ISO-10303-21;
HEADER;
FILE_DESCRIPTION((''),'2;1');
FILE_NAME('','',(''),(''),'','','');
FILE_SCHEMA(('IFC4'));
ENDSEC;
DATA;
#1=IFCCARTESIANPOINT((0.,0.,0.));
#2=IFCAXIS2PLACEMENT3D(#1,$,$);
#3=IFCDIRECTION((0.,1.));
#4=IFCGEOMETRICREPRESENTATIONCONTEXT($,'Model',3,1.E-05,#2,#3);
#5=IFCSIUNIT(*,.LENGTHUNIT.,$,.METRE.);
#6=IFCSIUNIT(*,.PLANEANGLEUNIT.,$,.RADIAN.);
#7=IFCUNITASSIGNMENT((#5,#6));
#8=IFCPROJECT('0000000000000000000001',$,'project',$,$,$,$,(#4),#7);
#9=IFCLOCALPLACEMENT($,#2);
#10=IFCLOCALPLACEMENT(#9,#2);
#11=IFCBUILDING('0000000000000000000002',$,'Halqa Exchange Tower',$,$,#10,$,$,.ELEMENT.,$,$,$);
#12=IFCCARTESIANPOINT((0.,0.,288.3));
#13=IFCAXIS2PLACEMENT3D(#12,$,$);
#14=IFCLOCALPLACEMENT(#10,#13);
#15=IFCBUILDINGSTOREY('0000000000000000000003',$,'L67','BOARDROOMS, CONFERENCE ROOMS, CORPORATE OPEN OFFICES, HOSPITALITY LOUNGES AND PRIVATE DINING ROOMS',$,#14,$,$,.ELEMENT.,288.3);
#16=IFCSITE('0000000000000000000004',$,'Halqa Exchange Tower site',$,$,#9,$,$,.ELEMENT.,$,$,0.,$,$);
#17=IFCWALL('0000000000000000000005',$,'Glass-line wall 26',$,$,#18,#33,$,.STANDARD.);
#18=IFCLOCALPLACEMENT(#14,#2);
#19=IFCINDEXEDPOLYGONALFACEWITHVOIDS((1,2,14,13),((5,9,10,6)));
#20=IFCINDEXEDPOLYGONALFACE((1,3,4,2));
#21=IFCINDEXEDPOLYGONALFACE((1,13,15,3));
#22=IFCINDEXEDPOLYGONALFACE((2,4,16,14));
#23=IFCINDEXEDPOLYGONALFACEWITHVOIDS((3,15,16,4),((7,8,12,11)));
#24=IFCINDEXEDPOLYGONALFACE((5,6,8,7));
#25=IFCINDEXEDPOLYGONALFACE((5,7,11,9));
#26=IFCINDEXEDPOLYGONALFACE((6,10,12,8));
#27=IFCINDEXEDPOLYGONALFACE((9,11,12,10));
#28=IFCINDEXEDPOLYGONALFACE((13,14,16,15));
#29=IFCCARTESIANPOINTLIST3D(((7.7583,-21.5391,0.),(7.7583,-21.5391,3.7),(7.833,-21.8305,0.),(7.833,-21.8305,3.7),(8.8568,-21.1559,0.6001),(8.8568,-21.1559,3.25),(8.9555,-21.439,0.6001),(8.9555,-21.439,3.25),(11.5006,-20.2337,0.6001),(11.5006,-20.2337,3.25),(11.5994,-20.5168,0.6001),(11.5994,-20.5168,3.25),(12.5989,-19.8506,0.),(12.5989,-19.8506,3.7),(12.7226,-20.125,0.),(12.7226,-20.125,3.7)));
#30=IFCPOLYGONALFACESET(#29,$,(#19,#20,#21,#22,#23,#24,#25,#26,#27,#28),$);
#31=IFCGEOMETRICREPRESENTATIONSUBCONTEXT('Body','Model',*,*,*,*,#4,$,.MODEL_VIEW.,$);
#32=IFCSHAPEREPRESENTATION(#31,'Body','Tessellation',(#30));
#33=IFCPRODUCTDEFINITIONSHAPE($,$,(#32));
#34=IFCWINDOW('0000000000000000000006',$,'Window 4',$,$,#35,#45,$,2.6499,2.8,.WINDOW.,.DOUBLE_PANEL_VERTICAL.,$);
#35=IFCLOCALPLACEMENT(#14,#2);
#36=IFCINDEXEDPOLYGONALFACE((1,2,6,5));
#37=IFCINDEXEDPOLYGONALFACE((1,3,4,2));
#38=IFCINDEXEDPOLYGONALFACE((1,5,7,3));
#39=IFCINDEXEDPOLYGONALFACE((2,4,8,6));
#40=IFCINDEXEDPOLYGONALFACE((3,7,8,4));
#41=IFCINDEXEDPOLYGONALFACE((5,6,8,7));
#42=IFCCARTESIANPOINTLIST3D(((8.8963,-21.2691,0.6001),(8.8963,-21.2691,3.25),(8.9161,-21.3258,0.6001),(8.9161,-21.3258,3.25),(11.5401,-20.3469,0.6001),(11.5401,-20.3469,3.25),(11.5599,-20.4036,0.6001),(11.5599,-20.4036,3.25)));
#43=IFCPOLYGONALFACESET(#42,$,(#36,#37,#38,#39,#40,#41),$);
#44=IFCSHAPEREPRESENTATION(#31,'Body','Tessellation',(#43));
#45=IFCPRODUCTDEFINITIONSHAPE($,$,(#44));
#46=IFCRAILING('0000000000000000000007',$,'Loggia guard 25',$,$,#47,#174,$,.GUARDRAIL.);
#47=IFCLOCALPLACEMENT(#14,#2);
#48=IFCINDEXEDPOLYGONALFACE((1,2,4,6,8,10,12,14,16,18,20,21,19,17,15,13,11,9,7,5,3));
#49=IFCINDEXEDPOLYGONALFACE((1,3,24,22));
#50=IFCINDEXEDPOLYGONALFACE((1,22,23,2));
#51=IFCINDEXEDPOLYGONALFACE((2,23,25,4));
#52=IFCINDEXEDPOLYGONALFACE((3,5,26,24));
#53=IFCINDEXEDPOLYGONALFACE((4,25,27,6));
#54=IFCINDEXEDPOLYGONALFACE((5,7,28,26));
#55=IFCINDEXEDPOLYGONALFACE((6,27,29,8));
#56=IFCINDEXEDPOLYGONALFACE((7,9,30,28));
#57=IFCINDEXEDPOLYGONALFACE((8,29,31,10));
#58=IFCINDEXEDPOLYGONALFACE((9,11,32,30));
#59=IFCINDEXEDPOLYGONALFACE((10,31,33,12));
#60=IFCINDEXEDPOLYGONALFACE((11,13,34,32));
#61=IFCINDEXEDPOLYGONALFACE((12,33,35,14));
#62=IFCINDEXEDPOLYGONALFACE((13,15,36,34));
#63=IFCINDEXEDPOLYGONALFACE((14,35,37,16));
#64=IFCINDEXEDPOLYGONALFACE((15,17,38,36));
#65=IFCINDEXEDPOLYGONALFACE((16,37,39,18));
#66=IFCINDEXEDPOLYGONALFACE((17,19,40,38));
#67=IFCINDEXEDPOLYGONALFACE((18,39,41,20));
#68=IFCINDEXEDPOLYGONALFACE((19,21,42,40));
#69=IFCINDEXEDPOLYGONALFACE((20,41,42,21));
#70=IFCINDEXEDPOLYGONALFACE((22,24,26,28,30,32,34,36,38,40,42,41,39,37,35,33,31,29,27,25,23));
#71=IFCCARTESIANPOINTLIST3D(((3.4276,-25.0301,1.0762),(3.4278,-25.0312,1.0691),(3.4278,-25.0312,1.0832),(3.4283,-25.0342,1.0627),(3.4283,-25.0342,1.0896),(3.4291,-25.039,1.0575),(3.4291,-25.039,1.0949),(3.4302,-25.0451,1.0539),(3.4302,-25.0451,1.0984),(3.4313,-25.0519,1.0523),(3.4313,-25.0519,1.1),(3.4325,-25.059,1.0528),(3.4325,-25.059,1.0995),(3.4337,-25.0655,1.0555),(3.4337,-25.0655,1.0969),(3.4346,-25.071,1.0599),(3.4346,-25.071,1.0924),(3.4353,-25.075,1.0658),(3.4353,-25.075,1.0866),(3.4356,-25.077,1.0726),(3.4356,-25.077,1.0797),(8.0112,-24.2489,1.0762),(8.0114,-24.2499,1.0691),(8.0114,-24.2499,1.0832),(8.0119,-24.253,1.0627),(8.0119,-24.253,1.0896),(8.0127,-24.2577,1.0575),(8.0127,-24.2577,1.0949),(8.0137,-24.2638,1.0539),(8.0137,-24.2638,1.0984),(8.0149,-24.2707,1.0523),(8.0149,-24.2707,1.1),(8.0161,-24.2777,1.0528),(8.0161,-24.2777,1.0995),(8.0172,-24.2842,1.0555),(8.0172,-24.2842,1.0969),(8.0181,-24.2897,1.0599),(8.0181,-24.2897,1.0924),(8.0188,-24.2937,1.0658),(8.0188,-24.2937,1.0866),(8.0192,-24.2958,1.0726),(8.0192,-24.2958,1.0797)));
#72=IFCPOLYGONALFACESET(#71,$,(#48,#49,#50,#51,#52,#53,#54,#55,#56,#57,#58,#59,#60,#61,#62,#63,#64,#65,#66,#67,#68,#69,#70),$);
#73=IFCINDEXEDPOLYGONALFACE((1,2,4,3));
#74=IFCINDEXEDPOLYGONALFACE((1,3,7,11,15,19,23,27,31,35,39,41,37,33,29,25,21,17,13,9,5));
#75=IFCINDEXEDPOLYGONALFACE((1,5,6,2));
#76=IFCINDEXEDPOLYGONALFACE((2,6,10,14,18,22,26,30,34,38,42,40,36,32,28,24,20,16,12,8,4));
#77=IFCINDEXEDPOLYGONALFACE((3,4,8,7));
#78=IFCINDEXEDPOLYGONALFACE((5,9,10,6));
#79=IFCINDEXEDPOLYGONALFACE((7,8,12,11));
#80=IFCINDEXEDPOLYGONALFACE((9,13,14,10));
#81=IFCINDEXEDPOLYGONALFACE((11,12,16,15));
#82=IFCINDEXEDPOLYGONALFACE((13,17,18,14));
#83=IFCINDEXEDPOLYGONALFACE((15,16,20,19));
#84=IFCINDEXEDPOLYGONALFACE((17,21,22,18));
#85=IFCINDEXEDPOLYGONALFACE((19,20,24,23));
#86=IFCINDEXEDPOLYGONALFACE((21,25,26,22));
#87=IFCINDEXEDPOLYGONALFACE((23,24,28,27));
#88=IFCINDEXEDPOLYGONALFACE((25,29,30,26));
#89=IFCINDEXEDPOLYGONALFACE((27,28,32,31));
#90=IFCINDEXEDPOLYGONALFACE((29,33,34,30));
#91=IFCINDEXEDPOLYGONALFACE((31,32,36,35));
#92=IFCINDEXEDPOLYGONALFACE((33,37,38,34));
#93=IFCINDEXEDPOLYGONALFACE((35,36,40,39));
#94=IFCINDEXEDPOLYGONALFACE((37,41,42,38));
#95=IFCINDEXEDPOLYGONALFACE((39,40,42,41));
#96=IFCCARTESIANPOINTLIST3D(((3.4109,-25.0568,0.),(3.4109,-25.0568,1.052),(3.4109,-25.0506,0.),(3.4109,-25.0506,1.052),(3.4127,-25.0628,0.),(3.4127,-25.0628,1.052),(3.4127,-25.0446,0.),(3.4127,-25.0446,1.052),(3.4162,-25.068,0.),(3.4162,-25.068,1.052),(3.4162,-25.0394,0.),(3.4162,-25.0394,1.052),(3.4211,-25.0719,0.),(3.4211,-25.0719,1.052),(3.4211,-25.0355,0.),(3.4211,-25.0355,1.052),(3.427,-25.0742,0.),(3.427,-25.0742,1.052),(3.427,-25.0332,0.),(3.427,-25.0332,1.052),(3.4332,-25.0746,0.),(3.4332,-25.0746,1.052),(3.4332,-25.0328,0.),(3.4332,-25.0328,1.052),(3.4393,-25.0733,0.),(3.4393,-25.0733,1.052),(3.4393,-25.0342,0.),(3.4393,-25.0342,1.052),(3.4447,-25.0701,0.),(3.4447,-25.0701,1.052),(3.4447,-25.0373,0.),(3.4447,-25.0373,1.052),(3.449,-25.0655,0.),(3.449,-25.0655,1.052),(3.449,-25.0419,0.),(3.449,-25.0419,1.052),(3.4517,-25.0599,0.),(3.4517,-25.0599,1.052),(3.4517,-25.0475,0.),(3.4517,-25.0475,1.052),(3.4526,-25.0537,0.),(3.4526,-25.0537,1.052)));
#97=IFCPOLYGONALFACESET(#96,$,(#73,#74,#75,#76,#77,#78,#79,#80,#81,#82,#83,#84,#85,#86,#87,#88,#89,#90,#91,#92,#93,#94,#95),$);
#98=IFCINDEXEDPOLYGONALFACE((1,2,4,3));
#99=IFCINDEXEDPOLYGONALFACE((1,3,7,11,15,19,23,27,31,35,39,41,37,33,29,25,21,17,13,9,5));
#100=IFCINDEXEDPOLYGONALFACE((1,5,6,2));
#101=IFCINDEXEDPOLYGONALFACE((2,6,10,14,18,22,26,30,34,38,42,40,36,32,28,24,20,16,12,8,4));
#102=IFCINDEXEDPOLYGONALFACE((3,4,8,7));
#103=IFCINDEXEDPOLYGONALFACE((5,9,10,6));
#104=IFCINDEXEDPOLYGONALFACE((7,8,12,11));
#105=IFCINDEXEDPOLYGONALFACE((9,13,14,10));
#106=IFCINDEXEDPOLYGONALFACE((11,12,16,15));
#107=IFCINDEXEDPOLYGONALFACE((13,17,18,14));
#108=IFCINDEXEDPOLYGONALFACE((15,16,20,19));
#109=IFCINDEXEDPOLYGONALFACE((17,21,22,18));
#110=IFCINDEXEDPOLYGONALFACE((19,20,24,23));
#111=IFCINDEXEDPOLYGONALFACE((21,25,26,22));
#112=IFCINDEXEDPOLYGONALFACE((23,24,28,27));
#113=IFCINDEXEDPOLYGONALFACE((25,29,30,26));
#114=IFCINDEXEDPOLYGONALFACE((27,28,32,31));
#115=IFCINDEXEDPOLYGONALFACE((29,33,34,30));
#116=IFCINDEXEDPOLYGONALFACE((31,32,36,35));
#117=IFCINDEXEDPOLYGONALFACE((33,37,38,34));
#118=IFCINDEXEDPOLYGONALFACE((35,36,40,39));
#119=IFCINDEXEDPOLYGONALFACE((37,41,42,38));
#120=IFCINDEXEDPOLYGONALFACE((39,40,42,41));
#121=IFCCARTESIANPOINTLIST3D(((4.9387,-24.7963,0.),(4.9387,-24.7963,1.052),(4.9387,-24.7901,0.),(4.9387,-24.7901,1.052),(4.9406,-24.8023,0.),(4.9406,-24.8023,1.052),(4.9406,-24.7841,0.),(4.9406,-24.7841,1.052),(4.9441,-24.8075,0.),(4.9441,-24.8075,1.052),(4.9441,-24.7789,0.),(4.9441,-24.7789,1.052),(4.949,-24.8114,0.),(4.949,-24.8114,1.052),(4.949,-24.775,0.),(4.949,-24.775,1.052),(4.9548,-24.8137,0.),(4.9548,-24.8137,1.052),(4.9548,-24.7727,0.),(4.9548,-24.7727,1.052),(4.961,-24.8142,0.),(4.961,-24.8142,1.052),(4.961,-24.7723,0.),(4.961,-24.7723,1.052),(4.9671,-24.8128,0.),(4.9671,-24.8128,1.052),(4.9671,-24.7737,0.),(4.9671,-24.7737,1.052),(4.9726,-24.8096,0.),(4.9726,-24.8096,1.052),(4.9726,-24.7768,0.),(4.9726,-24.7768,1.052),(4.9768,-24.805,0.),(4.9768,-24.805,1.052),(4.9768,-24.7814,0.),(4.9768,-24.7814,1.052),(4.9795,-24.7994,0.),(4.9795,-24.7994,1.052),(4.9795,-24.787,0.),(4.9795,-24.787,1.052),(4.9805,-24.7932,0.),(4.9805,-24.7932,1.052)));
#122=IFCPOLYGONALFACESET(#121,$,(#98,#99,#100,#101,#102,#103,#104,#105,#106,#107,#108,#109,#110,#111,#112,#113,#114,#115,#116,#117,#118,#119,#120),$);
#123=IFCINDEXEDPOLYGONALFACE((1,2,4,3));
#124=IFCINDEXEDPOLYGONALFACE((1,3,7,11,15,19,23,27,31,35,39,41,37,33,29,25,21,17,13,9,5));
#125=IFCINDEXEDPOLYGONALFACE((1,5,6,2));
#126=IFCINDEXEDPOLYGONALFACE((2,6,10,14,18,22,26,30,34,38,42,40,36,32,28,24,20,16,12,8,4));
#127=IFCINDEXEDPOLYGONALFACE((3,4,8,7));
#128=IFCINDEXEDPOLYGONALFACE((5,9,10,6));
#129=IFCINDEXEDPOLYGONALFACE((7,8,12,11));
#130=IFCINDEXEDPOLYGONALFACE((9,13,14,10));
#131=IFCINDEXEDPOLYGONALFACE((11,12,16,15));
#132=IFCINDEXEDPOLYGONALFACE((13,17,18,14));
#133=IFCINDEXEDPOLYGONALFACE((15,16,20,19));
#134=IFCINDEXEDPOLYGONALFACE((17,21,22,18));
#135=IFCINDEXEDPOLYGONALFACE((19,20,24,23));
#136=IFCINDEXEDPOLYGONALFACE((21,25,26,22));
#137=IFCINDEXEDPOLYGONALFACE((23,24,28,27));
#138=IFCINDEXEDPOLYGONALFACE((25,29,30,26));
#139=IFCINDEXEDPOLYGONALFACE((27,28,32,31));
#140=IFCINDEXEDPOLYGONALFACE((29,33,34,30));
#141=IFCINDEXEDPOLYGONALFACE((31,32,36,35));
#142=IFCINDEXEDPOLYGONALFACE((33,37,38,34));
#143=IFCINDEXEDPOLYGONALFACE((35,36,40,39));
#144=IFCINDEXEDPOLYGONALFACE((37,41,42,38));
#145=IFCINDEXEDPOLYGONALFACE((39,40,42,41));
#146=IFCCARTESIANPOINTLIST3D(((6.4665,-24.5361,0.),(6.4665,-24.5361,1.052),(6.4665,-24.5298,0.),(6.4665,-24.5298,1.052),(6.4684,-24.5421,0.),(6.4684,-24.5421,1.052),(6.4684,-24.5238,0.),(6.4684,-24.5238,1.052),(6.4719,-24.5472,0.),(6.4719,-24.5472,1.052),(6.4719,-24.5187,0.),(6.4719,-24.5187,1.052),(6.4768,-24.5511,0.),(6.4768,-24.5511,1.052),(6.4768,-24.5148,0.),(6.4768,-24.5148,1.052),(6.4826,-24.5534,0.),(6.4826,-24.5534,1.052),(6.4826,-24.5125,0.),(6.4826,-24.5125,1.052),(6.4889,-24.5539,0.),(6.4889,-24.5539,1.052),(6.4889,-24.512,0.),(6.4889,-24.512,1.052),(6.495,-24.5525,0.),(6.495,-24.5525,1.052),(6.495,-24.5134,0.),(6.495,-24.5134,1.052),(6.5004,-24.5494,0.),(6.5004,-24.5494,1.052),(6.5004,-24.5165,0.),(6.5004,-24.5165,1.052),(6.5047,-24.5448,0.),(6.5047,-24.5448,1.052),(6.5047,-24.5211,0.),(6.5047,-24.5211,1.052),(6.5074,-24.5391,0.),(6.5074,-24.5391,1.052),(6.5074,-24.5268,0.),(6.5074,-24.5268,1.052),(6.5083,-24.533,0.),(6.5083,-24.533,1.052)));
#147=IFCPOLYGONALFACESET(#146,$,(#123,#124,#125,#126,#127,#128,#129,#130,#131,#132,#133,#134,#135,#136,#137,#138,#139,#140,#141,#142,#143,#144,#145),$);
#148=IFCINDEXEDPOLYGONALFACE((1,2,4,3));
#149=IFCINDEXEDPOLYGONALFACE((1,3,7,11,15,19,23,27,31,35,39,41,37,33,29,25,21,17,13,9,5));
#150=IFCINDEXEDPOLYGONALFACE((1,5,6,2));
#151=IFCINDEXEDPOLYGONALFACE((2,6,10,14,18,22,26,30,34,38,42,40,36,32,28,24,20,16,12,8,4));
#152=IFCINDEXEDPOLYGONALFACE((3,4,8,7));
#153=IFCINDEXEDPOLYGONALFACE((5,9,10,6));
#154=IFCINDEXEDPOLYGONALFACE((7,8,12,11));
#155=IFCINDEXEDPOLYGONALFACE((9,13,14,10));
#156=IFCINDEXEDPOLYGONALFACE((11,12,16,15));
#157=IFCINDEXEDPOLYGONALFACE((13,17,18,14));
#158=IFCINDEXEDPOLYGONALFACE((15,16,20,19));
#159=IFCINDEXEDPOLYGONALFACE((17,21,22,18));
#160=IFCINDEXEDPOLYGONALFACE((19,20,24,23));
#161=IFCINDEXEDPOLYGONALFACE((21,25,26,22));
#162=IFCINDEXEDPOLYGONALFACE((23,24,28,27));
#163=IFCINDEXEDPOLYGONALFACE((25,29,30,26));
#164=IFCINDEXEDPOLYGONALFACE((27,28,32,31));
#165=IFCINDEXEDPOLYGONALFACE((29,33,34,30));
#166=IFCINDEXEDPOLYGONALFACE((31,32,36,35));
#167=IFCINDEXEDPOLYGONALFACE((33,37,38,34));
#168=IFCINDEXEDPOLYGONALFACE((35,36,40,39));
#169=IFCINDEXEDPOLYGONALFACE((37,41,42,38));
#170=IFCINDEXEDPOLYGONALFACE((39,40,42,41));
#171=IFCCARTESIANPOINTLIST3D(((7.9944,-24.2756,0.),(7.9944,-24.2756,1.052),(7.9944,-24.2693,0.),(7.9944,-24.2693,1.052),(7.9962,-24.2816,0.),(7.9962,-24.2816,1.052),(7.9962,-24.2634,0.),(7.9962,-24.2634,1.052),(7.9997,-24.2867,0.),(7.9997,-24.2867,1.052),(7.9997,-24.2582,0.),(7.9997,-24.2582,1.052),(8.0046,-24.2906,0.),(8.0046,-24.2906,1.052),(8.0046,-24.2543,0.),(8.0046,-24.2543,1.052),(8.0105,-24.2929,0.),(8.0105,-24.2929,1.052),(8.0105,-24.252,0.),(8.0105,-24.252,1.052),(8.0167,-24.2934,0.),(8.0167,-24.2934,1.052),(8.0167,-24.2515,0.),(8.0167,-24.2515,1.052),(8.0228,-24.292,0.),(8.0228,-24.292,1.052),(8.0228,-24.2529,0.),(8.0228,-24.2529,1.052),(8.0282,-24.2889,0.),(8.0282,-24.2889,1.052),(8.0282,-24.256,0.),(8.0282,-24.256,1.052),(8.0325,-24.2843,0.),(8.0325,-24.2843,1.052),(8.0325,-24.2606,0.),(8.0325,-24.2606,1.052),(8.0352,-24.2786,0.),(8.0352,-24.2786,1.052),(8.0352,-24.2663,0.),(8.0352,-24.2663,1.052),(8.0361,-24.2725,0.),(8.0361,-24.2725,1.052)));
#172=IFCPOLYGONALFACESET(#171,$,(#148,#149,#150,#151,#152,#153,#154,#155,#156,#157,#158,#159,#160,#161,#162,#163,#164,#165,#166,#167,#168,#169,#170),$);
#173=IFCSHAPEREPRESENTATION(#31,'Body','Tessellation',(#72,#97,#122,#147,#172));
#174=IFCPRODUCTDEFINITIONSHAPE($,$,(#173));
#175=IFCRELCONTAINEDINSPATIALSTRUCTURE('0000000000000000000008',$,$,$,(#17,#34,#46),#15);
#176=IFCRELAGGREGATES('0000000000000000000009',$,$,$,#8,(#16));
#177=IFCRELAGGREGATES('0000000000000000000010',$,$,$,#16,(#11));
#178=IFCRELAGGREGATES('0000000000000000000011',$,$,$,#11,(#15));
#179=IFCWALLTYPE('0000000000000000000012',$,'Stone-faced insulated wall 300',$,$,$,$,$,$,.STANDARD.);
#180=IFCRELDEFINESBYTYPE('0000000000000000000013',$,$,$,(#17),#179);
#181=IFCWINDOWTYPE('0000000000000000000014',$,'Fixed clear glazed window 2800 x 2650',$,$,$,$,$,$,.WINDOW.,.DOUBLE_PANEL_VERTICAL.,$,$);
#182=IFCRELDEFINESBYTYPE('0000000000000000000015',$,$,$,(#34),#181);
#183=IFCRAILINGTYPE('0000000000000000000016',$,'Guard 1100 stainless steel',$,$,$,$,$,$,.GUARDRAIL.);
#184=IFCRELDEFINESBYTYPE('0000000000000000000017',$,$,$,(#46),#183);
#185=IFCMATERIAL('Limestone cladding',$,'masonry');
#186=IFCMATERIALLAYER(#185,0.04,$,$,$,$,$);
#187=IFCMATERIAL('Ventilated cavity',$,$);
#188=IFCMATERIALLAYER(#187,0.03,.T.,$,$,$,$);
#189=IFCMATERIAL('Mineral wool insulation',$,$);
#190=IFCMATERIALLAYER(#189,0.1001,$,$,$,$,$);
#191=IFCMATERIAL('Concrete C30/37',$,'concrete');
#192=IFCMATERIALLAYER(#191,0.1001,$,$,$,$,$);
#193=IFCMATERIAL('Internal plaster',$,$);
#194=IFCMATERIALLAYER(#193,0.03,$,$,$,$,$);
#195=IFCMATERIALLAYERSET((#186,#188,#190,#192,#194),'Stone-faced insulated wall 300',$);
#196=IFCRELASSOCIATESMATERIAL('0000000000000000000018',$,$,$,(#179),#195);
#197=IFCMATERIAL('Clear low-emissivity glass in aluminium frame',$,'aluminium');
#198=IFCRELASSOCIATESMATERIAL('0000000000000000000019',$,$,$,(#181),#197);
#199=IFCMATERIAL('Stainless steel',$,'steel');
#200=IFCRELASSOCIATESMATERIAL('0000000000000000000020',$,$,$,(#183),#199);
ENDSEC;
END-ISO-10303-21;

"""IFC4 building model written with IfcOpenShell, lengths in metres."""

from ifc_helpers import new_model, si_unit, direction, frame, frame_2d, origin, origin_2d, place, context, subcontext, project, spatial, polyline, rectangle, circle, outline, extrude, material, layer, layer_set, type_object, element, fill, save


model = new_model("IFC4")

# Units and contexts
model_context = context("Model", 3, precision=1e-05, world=origin(), true_north=direction((0.0, 1.0)))
body_context = subcontext(model_context, "Body", "Model", "MODEL_VIEW")
ifc_project = project(units=[si_unit("LENGTHUNIT", "METRE"), si_unit("PLANEANGLEUNIT", "RADIAN")], contexts=[model_context])

# Site, building, storey
site_placement = place(None, origin())
site = spatial("IfcSite", under=ifc_project, at=site_placement, Name="Halqa Exchange Tower site", CompositionType="ELEMENT", RefElevation=0.0)
building_placement = place(site_placement, origin())
building = spatial("IfcBuilding", under=site, at=building_placement, Name="Halqa Exchange Tower", CompositionType="ELEMENT")
storey_placement = place(building_placement, frame((0.0, 0.0, 288.3)))
storey = spatial("IfcBuildingStorey", under=building, at=storey_placement, Name="L67", Description="BOARDROOMS, CONFERENCE ROOMS, CORPORATE OPEN OFFICES, HOSPITALITY LOUNGES AND PRIVATE DINING ROOMS", CompositionType="ELEMENT", Elevation=288.3)

# Shared definitions
ifc_material_1 = material(Name="Concrete C30/37", Category="concrete")

# Wall, opening, window
ifc_material_2 = material(Name="Limestone cladding", Category="masonry")
ifc_layer_1 = layer(ifc_material_2, 0.04)
ifc_material_3 = material(Name="Ventilated cavity")
ifc_layer_2 = layer(ifc_material_3, 0.03, ventilated=True)
ifc_material_4 = material(Name="Mineral wool insulation")
ifc_layer_3 = layer(ifc_material_4, 0.1001)
ifc_layer_4 = layer(ifc_material_1, 0.1001)
ifc_material_5 = material(Name="Internal plaster")
ifc_layer_5 = layer(ifc_material_5, 0.03)
ifc_layer_set_1 = layer_set([ifc_layer_1, ifc_layer_2, ifc_layer_3, ifc_layer_4, ifc_layer_5], Name="Stone-faced insulated wall 300")
wall_type_1 = type_object("IfcWallType", Name="Stone-faced insulated wall 300", PredefinedType="STANDARD", material=ifc_layer_set_1)
ifc_material_6 = material(Name="Clear low-emissivity glass in aluminium frame", Category="aluminium")
window_type = type_object("IfcWindowType", Name="Fixed clear glazed window 2800 x 2650", PartitioningType="DOUBLE_PANEL_VERTICAL", PredefinedType="WINDOW", material=ifc_material_6)
wall_1_placement = place(storey_placement, frame((7.7957, -21.6848, 0.0), z_axis=(0.0, 0.0, 1.0), x_axis=(0.944204, 0.32936, 0.0)))
wall_1 = element("IfcWall", 1, at=wall_1_placement, inside=storey, type_object=wall_type_1, Name="Glass-line wall 26", PredefinedType="STANDARD", context=body_context, shape_type="SweptSolid", body=[
    extrude(outline(polyline([(-0.0127, -0.1499), (5.1658, -0.1499), (5.1394, 0.1499), (0.0127, 0.1499), (-0.0127, -0.1499)])), origin(), (0.0, 0.0, 1.0), 3.7),
])
opening_1_placement = place(wall_1_placement, frame((1.1763, 0.0, 0.6001)))
opening_1 = element("IfcOpeningElement", 2, at=opening_1_placement, cuts=wall_1, PredefinedType="OPENING", context=body_context, shape_type="SweptSolid", body=[
    extrude(rectangle(XDim=2.8, YDim=2.6499, at=frame_2d((1.3999, 1.325))), frame((0.0, 0.1621, 0.0), z_axis=(0.0, -1.0, 0.0), x_axis=(1.0, 0.0, 0.0)), (0.0, 0.0, 1.0), 0.324),
])
window_1_placement = place(opening_1_placement, origin())
window_1 = element("IfcWindow", 3, at=window_1_placement, inside=storey, type_object=window_type, Name="Window 4", OverallHeight=2.6499, OverallWidth=2.8, PartitioningType="DOUBLE_PANEL_VERTICAL", PredefinedType="WINDOW", context=body_context, shape_type="SweptSolid", body=[
    extrude(rectangle(XDim=2.8, YDim=2.6499, at=frame_2d((1.3999, 1.325))), frame((0.0, 0.03, 0.0), z_axis=(0.0, -1.0, 0.0), x_axis=(1.0, 0.0, 0.0)), (0.0, 0.0, 1.0), 0.0601),
])
fill(opening_1, window_1)

# Railing
ifc_material_7 = material(Name="Stainless steel", Category="steel")
railing_type = type_object("IfcRailingType", Name="Guard 1100 stainless steel", PredefinedType="GUARDRAIL", material=ifc_material_7)
railing_1_placement = place(storey_placement, frame((3.4316, -25.0537, 0.0)))
element("IfcRailing", 4, at=railing_1_placement, inside=storey, type_object=railing_type, Name="Loggia guard 25", PredefinedType="GUARDRAIL", context=body_context, shape_type="SweptSolid", body=[
    extrude(circle(Radius=0.0239, at=origin_2d()), frame((0.0, 0.0, 1.0762), z_axis=(0.985783, 0.168025, 0.0), x_axis=(-0.168025, 0.985783, 0.0)), (0.0, 0.0, 1.0), 4.6497),
    extrude(circle(Radius=0.021, at=origin_2d()), origin(), (0.0, 0.0, 1.0), 1.052),
    extrude(circle(Radius=0.021, at=origin_2d()), frame((1.5278, 0.2605, 0.0)), (0.0, 0.0, 1.0), 1.052),
    extrude(circle(Radius=0.021, at=origin_2d()), frame((3.0557, 0.5208, 0.0)), (0.0, 0.0, 1.0), 1.052),
    extrude(circle(Radius=0.021, at=origin_2d()), frame((4.5835, 0.7812, 0.0)), (0.0, 0.0, 1.0), 1.052),
])

save(model, "model.ifc")
